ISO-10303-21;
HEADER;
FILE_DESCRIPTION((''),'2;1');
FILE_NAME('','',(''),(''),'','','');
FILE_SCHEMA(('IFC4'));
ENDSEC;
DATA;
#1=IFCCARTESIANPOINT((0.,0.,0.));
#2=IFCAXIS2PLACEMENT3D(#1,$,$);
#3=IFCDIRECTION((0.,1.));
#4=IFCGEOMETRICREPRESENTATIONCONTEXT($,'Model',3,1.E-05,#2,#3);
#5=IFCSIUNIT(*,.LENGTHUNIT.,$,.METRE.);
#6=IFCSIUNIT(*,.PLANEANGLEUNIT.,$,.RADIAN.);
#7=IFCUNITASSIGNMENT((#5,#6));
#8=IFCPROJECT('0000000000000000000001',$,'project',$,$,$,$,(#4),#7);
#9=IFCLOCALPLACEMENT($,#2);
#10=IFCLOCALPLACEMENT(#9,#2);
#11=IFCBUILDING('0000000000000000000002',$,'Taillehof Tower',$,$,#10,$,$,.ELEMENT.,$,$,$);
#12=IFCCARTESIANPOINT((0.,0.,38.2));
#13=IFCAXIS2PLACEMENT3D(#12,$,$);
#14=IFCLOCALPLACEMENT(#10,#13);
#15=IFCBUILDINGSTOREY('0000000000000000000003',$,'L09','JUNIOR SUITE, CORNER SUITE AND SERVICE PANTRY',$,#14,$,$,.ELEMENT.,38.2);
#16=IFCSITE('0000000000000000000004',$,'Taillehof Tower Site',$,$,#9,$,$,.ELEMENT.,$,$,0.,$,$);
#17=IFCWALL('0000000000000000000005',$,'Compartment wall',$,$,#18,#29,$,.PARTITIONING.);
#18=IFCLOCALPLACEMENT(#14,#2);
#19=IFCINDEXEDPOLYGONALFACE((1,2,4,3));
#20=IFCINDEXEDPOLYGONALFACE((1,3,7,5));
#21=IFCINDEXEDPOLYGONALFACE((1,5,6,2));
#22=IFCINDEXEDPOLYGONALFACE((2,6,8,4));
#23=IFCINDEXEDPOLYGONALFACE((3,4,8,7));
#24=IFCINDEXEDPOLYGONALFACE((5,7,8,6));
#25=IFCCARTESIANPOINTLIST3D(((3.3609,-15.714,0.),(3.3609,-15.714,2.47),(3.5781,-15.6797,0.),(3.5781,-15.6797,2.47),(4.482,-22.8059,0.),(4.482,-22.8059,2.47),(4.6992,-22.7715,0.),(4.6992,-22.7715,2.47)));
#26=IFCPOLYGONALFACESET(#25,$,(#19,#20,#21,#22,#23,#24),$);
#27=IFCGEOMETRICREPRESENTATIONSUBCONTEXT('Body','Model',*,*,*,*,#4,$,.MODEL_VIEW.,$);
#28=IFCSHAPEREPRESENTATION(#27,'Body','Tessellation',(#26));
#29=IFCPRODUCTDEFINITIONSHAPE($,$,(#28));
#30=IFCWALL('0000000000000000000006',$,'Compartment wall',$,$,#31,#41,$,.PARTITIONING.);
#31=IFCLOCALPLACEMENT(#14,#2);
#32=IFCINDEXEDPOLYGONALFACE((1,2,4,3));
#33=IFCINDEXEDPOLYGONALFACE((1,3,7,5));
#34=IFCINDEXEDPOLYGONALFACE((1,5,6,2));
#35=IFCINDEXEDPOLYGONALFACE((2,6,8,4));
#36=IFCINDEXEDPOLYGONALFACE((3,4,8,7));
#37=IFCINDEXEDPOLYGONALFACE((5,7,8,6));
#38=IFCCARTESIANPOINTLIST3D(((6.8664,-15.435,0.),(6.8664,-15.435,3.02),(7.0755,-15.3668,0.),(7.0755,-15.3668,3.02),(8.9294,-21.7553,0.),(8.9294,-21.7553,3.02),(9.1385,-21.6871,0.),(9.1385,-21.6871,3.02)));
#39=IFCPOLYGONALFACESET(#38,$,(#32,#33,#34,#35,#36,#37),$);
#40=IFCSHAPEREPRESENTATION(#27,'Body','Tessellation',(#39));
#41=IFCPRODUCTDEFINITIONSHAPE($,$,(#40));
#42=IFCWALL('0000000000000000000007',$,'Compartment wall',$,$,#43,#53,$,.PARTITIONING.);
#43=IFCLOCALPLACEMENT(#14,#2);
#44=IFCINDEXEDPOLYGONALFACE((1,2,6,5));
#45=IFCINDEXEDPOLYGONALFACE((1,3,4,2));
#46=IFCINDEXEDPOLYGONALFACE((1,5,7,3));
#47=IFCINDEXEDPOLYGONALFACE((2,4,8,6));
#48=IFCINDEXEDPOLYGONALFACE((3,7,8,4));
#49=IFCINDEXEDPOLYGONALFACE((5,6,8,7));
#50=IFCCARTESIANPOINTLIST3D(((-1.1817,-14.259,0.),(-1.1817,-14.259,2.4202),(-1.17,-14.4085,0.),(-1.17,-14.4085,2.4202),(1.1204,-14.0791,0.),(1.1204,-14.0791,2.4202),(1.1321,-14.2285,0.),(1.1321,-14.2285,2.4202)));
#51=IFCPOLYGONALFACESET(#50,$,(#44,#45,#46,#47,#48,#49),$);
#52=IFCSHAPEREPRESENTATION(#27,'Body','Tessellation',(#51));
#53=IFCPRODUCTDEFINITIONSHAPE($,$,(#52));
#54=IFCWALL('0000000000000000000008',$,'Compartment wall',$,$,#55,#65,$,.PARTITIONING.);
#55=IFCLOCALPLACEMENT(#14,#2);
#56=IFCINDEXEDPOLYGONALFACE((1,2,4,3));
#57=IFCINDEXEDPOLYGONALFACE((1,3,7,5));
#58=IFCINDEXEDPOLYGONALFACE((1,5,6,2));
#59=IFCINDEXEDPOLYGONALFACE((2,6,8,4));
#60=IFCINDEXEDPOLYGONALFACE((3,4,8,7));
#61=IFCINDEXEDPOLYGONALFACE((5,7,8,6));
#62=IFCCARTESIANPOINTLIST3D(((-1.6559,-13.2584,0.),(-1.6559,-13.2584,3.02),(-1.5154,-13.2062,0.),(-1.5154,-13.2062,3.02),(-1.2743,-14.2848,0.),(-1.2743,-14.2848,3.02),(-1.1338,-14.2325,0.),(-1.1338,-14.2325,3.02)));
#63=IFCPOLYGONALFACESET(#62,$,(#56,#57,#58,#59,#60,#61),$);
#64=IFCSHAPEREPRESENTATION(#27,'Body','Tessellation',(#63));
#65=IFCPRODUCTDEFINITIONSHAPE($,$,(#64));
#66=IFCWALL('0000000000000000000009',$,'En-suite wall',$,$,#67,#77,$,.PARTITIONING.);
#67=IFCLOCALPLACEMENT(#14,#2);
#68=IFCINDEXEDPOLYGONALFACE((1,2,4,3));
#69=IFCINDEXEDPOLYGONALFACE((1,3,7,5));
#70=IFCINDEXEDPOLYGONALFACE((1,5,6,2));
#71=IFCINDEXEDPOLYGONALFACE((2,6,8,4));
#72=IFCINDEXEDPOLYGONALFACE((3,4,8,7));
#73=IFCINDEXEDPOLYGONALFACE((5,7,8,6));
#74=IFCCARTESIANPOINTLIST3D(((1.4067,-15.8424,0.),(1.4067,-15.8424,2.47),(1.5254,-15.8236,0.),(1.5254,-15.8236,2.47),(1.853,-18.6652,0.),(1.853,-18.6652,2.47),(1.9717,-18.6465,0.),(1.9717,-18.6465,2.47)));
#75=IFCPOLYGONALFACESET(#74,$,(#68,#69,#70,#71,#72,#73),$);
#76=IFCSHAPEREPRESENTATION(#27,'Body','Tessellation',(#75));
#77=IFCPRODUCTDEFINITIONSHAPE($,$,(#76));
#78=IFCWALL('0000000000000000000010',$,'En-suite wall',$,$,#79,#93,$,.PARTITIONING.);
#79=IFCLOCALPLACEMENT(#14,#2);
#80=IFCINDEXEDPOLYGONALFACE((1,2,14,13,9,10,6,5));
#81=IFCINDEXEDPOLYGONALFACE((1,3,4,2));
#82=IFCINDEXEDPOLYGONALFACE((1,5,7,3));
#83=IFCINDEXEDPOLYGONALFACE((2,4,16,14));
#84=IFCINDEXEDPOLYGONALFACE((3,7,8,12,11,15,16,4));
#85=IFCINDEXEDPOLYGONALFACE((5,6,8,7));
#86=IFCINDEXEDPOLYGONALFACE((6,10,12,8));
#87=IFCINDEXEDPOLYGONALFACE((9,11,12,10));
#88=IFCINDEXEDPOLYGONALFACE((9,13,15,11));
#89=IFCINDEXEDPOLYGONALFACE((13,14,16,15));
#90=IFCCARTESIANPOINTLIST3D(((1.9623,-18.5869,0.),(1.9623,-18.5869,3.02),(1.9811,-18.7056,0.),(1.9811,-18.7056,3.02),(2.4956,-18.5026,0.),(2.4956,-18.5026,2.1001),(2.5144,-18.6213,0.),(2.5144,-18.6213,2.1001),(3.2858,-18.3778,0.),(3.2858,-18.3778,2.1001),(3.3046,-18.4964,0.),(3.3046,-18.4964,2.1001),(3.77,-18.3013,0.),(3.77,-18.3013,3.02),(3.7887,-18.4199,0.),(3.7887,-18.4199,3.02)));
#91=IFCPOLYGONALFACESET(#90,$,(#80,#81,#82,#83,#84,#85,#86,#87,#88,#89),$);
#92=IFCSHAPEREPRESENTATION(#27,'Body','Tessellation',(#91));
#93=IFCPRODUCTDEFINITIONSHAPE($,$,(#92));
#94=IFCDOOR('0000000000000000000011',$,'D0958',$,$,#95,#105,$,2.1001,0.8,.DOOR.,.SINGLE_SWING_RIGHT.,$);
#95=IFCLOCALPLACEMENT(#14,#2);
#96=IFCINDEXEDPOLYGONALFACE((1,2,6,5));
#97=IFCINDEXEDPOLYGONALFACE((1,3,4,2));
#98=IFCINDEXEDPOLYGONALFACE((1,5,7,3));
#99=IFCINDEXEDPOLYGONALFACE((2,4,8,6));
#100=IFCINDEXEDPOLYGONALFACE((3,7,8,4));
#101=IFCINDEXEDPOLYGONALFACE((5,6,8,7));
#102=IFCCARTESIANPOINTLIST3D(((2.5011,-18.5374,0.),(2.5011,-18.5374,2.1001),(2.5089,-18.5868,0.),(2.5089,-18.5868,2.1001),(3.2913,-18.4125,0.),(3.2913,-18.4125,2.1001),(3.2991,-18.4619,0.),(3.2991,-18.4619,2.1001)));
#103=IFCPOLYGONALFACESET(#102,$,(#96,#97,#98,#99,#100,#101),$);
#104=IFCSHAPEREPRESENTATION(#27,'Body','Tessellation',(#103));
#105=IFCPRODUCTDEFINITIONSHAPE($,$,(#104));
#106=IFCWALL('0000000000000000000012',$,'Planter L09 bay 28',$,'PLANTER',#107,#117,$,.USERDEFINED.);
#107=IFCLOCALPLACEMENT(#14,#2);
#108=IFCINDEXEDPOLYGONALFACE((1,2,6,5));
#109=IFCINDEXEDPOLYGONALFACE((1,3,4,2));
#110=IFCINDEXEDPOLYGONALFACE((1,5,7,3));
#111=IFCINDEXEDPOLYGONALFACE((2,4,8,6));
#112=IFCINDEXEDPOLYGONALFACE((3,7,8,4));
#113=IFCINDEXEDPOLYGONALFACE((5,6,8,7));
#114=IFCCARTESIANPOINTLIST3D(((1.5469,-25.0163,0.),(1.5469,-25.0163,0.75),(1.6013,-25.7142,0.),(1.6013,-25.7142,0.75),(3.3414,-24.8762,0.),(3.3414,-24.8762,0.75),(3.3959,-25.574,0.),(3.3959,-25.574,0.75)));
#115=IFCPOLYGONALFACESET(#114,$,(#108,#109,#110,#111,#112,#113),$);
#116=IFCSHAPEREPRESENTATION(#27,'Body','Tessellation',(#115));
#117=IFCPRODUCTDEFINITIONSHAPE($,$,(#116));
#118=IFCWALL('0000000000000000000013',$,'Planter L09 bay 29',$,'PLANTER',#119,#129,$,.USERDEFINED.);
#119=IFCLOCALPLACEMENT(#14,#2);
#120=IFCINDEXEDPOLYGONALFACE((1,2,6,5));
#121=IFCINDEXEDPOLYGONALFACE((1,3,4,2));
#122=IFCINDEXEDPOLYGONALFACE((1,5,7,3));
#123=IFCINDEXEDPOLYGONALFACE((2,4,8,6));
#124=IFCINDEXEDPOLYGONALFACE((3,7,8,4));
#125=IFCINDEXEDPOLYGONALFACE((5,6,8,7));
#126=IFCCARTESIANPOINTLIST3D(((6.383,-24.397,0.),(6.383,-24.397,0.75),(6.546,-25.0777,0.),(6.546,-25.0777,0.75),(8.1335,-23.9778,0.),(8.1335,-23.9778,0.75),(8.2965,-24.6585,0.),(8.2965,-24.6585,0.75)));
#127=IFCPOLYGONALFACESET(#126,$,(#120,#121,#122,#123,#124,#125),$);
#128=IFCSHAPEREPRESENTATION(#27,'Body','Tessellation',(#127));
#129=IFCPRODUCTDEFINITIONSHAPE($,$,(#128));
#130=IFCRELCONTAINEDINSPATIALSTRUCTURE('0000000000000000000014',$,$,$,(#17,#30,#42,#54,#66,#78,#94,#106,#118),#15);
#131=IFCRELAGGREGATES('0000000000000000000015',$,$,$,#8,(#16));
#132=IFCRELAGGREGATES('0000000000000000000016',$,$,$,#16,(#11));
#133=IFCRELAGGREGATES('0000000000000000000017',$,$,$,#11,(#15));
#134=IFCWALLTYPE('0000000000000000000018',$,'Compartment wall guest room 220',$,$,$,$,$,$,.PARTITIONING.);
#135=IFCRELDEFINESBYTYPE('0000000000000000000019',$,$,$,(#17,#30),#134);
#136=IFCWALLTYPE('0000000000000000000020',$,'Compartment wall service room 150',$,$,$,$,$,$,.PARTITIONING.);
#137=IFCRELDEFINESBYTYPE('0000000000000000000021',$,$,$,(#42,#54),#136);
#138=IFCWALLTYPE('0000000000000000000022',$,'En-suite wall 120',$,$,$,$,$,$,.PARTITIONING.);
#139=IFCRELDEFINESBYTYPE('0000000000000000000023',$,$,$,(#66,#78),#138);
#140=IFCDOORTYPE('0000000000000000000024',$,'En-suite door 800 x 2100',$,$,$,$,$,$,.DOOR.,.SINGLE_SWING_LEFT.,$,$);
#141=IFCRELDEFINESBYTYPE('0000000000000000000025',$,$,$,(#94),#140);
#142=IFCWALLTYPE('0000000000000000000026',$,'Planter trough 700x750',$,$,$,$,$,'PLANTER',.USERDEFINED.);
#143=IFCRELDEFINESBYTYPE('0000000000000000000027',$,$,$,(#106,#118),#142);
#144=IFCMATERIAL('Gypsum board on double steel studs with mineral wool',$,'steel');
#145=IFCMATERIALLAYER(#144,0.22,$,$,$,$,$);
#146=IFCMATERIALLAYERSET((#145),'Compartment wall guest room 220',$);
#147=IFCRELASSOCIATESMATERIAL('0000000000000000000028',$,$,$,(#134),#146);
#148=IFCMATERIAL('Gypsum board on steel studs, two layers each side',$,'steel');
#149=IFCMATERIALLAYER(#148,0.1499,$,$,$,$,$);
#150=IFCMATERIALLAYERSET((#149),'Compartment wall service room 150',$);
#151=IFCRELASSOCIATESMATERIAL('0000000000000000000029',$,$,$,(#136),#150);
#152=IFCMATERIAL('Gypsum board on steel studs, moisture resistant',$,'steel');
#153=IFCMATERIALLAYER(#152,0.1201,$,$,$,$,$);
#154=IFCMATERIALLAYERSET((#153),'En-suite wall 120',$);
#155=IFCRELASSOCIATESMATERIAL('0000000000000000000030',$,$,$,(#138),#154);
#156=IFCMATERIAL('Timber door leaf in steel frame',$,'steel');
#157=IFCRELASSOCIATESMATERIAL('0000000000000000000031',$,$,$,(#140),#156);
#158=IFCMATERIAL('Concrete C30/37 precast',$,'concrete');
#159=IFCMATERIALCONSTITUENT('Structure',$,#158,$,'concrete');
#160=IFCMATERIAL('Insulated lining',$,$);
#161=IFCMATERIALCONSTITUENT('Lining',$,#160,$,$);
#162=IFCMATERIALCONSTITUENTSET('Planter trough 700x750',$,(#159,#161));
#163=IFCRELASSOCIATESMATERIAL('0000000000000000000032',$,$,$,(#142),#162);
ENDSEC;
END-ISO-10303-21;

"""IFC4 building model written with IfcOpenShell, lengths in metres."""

from ifc_helpers import new_model, si_unit, direction, frame, frame_2d, origin, place, context, subcontext, project, spatial, rectangle, extrude, material, layer, layer_set, constituent, constituent_set, type_object, element, fill, save


model = new_model("IFC4")

# Units and contexts
model_context = context("Model", 3, precision=1e-05, world=origin(), true_north=direction((0.0, 1.0)))
body_context = subcontext(model_context, "Body", "Model", "MODEL_VIEW")
ifc_project = project(units=[si_unit("LENGTHUNIT", "METRE"), si_unit("PLANEANGLEUNIT", "RADIAN")], contexts=[model_context])

# Site, building, storey
site_placement = place(None, origin())
site = spatial("IfcSite", under=ifc_project, at=site_placement, Name="Taillehof Tower Site", CompositionType="ELEMENT", RefElevation=0.0)
building_placement = place(site_placement, origin())
building = spatial("IfcBuilding", under=site, at=building_placement, Name="Taillehof Tower", CompositionType="ELEMENT")
storey_placement = place(building_placement, frame((0.0, 0.0, 38.2)))
storey = spatial("IfcBuildingStorey", under=building, at=storey_placement, Name="L09", Description="JUNIOR SUITE, CORNER SUITE AND SERVICE PANTRY", CompositionType="ELEMENT", Elevation=38.2)

# Walls
ifc_material_1 = material(Name="Gypsum board on double steel studs with mineral wool", Category="steel")
ifc_layer_1 = layer(ifc_material_1, 0.22)
ifc_layer_set_1 = layer_set([ifc_layer_1], Name="Compartment wall guest room 220")
wall_type_1 = type_object("IfcWallType", Name="Compartment wall guest room 220", PredefinedType="PARTITIONING", material=ifc_layer_set_1)
wall_1_placement = place(storey_placement, frame((4.5906, -22.7886, 0.0), z_axis=(0.0, 0.0, 1.0), x_axis=(-0.156144, 0.987734, 0.0)))
element("IfcWall", 1, at=wall_1_placement, inside=storey, type_object=wall_type_1, Name="Compartment wall", PredefinedType="PARTITIONING", context=body_context, shape_type="SweptSolid", body=[
    extrude(rectangle(XDim=7.1799, YDim=0.22, at=frame_2d((3.5898, 0.0))), origin(), (0.0, 0.0, 1.0), 2.47),
])
wall_2_placement = place(storey_placement, frame((9.0339, -21.7212, 0.0), z_axis=(0.0, 0.0, 1.0), x_axis=(-0.310295, 0.95064, 0.0)))
element("IfcWall", 2, at=wall_2_placement, inside=storey, type_object=wall_type_1, Name="Compartment wall", PredefinedType="PARTITIONING", context=body_context, shape_type="SweptSolid", body=[
    extrude(rectangle(XDim=6.6484, YDim=0.22, at=frame_2d((3.3242, 0.0))), origin(), (0.0, 0.0, 1.0), 3.02),
])
ifc_material_2 = material(Name="Gypsum board on steel studs, two layers each side", Category="steel")
ifc_layer_2 = layer(ifc_material_2, 0.1499)
ifc_layer_set_2 = layer_set([ifc_layer_2], Name="Compartment wall service room 150")
wall_type_2 = type_object("IfcWallType", Name="Compartment wall service room 150", PredefinedType="PARTITIONING", material=ifc_layer_set_2)
wall_3_placement = place(storey_placement, frame((1.1262, -14.1538, 0.0), z_axis=(0.0, 0.0, 1.0), x_axis=(-0.996959, -0.077925, 0.0)))
element("IfcWall", 3, at=wall_3_placement, inside=storey, type_object=wall_type_2, Name="Compartment wall", PredefinedType="PARTITIONING", context=body_context, shape_type="SweptSolid", body=[
    extrude(rectangle(XDim=2.3091, YDim=0.1499, at=frame_2d((1.1545, 0.0))), origin(), (0.0, 0.0, 1.0), 2.4202),
])
wall_4_placement = place(storey_placement, frame((-1.2041, -14.2585, 0.0), z_axis=(0.0, 0.0, 1.0), x_axis=(-0.348483, 0.937315, 0.0)))
element("IfcWall", 4, at=wall_4_placement, inside=storey, type_object=wall_type_2, Name="Compartment wall", PredefinedType="PARTITIONING", context=body_context, shape_type="SweptSolid", body=[
    extrude(rectangle(XDim=1.095, YDim=0.1499, at=frame_2d((0.5474, 0.0))), origin(), (0.0, 0.0, 1.0), 3.02),
])
ifc_material_3 = material(Name="Gypsum board on steel studs, moisture resistant", Category="steel")
ifc_layer_3 = layer(ifc_material_3, 0.1201)
ifc_layer_set_3 = layer_set([ifc_layer_3], Name="En-suite wall 120")
wall_type_3 = type_object("IfcWallType", Name="En-suite wall 120", PredefinedType="PARTITIONING", material=ifc_layer_set_3)
wall_5_placement = place(storey_placement, frame((1.4661, -15.833, 0.0), z_axis=(0.0, 0.0, 1.0), x_axis=(0.156164, -0.987731, 0.0)))
element("IfcWall", 5, at=wall_5_placement, inside=storey, type_object=wall_type_3, Name="En-suite wall", PredefinedType="PARTITIONING", context=body_context, shape_type="SweptSolid", body=[
    extrude(rectangle(XDim=2.8579, YDim=0.1201, at=frame_2d((1.429, 0.0))), origin(), (0.0, 0.0, 1.0), 2.47),
])

# Wall, opening, door
wall_6_placement = place(storey_placement, frame((1.9717, -18.6462, 0.0), z_axis=(0.0, 0.0, 1.0), x_axis=(0.987743, 0.156086, 0.0)))
wall_6 = element("IfcWall", 6, at=wall_6_placement, inside=storey, type_object=wall_type_3, Name="En-suite wall", PredefinedType="PARTITIONING", context=body_context, shape_type="SweptSolid", body=[
    extrude(rectangle(XDim=1.8301, YDim=0.1201, at=frame_2d((0.915, 0.0))), origin(), (0.0, 0.0, 1.0), 3.02),
])
opening_1_placement = place(wall_6_placement, frame((0.54, 0.0, 0.0)))
opening_1 = element("IfcOpeningElement", 7, at=opening_1_placement, cuts=wall_6, PredefinedType="OPENING", context=body_context, shape_type="SweptSolid", body=[
    extrude(rectangle(XDim=0.8, YDim=2.1001, at=frame_2d((0.3999, 1.05))), frame((0.0, 0.0701, 0.0), z_axis=(0.0, -1.0, 0.0), x_axis=(1.0, 0.0, 0.0)), (0.0, 0.0, 1.0), 0.1401),
])
ifc_material_4 = material(Name="Timber door leaf in steel frame", Category="steel")
door_type_1 = type_object("IfcDoorType", Name="En-suite door 800 x 2100", OperationType="SINGLE_SWING_LEFT", PredefinedType="DOOR", material=ifc_material_4)
door_1_placement = place(opening_1_placement, origin())
door_1 = element("IfcDoor", 8, at=door_1_placement, inside=storey, type_object=door_type_1, Name="D0958", OperationType="SINGLE_SWING_RIGHT", OverallHeight=2.1001, OverallWidth=0.8, PredefinedType="DOOR", context=body_context, shape_type="SweptSolid", body=[
    extrude(rectangle(XDim=0.8, YDim=2.1001, at=frame_2d((0.3999, 1.05))), frame((0.0, 0.0249, 0.0), z_axis=(0.0, -1.0, 0.0), x_axis=(1.0, 0.0, 0.0)), (0.0, 0.0, 1.0), 0.05),
])
fill(opening_1, door_1)

# Walls
ifc_material_5 = material(Name="Concrete C30/37 precast", Category="concrete")
ifc_constituent_1 = constituent(ifc_material_5, Name="Structure", Category="concrete")
ifc_material_6 = material(Name="Insulated lining")
ifc_constituent_2 = constituent(ifc_material_6, Name="Lining")
ifc_constituent_set = constituent_set(constituents=[ifc_constituent_1, ifc_constituent_2], Name="Planter trough 700x750")
wall_type_4 = type_object("IfcWallType", Name="Planter trough 700x750", ElementType="PLANTER", PredefinedType="USERDEFINED", material=ifc_constituent_set)
for number, where, z_axis, x_axis, name in (
    (9, (1.5742, -25.3652, 0.0), (0.0, 0.0, 1.0), (0.996965, 0.077848, 0.0), "Planter L09 bay 28"),
    (10, (6.4646, -24.7373, 0.0), (0.0, 0.0, 1.0), (0.972504, 0.232886, 0.0), "Planter L09 bay 29"),
):
    element("IfcWall", number, at=place(storey_placement, frame(where, z_axis=z_axis, x_axis=x_axis)), inside=storey, type_object=wall_type_4, Name=name, ObjectType="PLANTER", PredefinedType="USERDEFINED", context=body_context, shape_type="SweptSolid", body=[
        extrude(rectangle(XDim=1.8, YDim=0.7, at=frame_2d((0.8999, 0.0))), origin(), (0.0, 0.0, 1.0), 0.75),
    ])

save(model, "model.ifc")
